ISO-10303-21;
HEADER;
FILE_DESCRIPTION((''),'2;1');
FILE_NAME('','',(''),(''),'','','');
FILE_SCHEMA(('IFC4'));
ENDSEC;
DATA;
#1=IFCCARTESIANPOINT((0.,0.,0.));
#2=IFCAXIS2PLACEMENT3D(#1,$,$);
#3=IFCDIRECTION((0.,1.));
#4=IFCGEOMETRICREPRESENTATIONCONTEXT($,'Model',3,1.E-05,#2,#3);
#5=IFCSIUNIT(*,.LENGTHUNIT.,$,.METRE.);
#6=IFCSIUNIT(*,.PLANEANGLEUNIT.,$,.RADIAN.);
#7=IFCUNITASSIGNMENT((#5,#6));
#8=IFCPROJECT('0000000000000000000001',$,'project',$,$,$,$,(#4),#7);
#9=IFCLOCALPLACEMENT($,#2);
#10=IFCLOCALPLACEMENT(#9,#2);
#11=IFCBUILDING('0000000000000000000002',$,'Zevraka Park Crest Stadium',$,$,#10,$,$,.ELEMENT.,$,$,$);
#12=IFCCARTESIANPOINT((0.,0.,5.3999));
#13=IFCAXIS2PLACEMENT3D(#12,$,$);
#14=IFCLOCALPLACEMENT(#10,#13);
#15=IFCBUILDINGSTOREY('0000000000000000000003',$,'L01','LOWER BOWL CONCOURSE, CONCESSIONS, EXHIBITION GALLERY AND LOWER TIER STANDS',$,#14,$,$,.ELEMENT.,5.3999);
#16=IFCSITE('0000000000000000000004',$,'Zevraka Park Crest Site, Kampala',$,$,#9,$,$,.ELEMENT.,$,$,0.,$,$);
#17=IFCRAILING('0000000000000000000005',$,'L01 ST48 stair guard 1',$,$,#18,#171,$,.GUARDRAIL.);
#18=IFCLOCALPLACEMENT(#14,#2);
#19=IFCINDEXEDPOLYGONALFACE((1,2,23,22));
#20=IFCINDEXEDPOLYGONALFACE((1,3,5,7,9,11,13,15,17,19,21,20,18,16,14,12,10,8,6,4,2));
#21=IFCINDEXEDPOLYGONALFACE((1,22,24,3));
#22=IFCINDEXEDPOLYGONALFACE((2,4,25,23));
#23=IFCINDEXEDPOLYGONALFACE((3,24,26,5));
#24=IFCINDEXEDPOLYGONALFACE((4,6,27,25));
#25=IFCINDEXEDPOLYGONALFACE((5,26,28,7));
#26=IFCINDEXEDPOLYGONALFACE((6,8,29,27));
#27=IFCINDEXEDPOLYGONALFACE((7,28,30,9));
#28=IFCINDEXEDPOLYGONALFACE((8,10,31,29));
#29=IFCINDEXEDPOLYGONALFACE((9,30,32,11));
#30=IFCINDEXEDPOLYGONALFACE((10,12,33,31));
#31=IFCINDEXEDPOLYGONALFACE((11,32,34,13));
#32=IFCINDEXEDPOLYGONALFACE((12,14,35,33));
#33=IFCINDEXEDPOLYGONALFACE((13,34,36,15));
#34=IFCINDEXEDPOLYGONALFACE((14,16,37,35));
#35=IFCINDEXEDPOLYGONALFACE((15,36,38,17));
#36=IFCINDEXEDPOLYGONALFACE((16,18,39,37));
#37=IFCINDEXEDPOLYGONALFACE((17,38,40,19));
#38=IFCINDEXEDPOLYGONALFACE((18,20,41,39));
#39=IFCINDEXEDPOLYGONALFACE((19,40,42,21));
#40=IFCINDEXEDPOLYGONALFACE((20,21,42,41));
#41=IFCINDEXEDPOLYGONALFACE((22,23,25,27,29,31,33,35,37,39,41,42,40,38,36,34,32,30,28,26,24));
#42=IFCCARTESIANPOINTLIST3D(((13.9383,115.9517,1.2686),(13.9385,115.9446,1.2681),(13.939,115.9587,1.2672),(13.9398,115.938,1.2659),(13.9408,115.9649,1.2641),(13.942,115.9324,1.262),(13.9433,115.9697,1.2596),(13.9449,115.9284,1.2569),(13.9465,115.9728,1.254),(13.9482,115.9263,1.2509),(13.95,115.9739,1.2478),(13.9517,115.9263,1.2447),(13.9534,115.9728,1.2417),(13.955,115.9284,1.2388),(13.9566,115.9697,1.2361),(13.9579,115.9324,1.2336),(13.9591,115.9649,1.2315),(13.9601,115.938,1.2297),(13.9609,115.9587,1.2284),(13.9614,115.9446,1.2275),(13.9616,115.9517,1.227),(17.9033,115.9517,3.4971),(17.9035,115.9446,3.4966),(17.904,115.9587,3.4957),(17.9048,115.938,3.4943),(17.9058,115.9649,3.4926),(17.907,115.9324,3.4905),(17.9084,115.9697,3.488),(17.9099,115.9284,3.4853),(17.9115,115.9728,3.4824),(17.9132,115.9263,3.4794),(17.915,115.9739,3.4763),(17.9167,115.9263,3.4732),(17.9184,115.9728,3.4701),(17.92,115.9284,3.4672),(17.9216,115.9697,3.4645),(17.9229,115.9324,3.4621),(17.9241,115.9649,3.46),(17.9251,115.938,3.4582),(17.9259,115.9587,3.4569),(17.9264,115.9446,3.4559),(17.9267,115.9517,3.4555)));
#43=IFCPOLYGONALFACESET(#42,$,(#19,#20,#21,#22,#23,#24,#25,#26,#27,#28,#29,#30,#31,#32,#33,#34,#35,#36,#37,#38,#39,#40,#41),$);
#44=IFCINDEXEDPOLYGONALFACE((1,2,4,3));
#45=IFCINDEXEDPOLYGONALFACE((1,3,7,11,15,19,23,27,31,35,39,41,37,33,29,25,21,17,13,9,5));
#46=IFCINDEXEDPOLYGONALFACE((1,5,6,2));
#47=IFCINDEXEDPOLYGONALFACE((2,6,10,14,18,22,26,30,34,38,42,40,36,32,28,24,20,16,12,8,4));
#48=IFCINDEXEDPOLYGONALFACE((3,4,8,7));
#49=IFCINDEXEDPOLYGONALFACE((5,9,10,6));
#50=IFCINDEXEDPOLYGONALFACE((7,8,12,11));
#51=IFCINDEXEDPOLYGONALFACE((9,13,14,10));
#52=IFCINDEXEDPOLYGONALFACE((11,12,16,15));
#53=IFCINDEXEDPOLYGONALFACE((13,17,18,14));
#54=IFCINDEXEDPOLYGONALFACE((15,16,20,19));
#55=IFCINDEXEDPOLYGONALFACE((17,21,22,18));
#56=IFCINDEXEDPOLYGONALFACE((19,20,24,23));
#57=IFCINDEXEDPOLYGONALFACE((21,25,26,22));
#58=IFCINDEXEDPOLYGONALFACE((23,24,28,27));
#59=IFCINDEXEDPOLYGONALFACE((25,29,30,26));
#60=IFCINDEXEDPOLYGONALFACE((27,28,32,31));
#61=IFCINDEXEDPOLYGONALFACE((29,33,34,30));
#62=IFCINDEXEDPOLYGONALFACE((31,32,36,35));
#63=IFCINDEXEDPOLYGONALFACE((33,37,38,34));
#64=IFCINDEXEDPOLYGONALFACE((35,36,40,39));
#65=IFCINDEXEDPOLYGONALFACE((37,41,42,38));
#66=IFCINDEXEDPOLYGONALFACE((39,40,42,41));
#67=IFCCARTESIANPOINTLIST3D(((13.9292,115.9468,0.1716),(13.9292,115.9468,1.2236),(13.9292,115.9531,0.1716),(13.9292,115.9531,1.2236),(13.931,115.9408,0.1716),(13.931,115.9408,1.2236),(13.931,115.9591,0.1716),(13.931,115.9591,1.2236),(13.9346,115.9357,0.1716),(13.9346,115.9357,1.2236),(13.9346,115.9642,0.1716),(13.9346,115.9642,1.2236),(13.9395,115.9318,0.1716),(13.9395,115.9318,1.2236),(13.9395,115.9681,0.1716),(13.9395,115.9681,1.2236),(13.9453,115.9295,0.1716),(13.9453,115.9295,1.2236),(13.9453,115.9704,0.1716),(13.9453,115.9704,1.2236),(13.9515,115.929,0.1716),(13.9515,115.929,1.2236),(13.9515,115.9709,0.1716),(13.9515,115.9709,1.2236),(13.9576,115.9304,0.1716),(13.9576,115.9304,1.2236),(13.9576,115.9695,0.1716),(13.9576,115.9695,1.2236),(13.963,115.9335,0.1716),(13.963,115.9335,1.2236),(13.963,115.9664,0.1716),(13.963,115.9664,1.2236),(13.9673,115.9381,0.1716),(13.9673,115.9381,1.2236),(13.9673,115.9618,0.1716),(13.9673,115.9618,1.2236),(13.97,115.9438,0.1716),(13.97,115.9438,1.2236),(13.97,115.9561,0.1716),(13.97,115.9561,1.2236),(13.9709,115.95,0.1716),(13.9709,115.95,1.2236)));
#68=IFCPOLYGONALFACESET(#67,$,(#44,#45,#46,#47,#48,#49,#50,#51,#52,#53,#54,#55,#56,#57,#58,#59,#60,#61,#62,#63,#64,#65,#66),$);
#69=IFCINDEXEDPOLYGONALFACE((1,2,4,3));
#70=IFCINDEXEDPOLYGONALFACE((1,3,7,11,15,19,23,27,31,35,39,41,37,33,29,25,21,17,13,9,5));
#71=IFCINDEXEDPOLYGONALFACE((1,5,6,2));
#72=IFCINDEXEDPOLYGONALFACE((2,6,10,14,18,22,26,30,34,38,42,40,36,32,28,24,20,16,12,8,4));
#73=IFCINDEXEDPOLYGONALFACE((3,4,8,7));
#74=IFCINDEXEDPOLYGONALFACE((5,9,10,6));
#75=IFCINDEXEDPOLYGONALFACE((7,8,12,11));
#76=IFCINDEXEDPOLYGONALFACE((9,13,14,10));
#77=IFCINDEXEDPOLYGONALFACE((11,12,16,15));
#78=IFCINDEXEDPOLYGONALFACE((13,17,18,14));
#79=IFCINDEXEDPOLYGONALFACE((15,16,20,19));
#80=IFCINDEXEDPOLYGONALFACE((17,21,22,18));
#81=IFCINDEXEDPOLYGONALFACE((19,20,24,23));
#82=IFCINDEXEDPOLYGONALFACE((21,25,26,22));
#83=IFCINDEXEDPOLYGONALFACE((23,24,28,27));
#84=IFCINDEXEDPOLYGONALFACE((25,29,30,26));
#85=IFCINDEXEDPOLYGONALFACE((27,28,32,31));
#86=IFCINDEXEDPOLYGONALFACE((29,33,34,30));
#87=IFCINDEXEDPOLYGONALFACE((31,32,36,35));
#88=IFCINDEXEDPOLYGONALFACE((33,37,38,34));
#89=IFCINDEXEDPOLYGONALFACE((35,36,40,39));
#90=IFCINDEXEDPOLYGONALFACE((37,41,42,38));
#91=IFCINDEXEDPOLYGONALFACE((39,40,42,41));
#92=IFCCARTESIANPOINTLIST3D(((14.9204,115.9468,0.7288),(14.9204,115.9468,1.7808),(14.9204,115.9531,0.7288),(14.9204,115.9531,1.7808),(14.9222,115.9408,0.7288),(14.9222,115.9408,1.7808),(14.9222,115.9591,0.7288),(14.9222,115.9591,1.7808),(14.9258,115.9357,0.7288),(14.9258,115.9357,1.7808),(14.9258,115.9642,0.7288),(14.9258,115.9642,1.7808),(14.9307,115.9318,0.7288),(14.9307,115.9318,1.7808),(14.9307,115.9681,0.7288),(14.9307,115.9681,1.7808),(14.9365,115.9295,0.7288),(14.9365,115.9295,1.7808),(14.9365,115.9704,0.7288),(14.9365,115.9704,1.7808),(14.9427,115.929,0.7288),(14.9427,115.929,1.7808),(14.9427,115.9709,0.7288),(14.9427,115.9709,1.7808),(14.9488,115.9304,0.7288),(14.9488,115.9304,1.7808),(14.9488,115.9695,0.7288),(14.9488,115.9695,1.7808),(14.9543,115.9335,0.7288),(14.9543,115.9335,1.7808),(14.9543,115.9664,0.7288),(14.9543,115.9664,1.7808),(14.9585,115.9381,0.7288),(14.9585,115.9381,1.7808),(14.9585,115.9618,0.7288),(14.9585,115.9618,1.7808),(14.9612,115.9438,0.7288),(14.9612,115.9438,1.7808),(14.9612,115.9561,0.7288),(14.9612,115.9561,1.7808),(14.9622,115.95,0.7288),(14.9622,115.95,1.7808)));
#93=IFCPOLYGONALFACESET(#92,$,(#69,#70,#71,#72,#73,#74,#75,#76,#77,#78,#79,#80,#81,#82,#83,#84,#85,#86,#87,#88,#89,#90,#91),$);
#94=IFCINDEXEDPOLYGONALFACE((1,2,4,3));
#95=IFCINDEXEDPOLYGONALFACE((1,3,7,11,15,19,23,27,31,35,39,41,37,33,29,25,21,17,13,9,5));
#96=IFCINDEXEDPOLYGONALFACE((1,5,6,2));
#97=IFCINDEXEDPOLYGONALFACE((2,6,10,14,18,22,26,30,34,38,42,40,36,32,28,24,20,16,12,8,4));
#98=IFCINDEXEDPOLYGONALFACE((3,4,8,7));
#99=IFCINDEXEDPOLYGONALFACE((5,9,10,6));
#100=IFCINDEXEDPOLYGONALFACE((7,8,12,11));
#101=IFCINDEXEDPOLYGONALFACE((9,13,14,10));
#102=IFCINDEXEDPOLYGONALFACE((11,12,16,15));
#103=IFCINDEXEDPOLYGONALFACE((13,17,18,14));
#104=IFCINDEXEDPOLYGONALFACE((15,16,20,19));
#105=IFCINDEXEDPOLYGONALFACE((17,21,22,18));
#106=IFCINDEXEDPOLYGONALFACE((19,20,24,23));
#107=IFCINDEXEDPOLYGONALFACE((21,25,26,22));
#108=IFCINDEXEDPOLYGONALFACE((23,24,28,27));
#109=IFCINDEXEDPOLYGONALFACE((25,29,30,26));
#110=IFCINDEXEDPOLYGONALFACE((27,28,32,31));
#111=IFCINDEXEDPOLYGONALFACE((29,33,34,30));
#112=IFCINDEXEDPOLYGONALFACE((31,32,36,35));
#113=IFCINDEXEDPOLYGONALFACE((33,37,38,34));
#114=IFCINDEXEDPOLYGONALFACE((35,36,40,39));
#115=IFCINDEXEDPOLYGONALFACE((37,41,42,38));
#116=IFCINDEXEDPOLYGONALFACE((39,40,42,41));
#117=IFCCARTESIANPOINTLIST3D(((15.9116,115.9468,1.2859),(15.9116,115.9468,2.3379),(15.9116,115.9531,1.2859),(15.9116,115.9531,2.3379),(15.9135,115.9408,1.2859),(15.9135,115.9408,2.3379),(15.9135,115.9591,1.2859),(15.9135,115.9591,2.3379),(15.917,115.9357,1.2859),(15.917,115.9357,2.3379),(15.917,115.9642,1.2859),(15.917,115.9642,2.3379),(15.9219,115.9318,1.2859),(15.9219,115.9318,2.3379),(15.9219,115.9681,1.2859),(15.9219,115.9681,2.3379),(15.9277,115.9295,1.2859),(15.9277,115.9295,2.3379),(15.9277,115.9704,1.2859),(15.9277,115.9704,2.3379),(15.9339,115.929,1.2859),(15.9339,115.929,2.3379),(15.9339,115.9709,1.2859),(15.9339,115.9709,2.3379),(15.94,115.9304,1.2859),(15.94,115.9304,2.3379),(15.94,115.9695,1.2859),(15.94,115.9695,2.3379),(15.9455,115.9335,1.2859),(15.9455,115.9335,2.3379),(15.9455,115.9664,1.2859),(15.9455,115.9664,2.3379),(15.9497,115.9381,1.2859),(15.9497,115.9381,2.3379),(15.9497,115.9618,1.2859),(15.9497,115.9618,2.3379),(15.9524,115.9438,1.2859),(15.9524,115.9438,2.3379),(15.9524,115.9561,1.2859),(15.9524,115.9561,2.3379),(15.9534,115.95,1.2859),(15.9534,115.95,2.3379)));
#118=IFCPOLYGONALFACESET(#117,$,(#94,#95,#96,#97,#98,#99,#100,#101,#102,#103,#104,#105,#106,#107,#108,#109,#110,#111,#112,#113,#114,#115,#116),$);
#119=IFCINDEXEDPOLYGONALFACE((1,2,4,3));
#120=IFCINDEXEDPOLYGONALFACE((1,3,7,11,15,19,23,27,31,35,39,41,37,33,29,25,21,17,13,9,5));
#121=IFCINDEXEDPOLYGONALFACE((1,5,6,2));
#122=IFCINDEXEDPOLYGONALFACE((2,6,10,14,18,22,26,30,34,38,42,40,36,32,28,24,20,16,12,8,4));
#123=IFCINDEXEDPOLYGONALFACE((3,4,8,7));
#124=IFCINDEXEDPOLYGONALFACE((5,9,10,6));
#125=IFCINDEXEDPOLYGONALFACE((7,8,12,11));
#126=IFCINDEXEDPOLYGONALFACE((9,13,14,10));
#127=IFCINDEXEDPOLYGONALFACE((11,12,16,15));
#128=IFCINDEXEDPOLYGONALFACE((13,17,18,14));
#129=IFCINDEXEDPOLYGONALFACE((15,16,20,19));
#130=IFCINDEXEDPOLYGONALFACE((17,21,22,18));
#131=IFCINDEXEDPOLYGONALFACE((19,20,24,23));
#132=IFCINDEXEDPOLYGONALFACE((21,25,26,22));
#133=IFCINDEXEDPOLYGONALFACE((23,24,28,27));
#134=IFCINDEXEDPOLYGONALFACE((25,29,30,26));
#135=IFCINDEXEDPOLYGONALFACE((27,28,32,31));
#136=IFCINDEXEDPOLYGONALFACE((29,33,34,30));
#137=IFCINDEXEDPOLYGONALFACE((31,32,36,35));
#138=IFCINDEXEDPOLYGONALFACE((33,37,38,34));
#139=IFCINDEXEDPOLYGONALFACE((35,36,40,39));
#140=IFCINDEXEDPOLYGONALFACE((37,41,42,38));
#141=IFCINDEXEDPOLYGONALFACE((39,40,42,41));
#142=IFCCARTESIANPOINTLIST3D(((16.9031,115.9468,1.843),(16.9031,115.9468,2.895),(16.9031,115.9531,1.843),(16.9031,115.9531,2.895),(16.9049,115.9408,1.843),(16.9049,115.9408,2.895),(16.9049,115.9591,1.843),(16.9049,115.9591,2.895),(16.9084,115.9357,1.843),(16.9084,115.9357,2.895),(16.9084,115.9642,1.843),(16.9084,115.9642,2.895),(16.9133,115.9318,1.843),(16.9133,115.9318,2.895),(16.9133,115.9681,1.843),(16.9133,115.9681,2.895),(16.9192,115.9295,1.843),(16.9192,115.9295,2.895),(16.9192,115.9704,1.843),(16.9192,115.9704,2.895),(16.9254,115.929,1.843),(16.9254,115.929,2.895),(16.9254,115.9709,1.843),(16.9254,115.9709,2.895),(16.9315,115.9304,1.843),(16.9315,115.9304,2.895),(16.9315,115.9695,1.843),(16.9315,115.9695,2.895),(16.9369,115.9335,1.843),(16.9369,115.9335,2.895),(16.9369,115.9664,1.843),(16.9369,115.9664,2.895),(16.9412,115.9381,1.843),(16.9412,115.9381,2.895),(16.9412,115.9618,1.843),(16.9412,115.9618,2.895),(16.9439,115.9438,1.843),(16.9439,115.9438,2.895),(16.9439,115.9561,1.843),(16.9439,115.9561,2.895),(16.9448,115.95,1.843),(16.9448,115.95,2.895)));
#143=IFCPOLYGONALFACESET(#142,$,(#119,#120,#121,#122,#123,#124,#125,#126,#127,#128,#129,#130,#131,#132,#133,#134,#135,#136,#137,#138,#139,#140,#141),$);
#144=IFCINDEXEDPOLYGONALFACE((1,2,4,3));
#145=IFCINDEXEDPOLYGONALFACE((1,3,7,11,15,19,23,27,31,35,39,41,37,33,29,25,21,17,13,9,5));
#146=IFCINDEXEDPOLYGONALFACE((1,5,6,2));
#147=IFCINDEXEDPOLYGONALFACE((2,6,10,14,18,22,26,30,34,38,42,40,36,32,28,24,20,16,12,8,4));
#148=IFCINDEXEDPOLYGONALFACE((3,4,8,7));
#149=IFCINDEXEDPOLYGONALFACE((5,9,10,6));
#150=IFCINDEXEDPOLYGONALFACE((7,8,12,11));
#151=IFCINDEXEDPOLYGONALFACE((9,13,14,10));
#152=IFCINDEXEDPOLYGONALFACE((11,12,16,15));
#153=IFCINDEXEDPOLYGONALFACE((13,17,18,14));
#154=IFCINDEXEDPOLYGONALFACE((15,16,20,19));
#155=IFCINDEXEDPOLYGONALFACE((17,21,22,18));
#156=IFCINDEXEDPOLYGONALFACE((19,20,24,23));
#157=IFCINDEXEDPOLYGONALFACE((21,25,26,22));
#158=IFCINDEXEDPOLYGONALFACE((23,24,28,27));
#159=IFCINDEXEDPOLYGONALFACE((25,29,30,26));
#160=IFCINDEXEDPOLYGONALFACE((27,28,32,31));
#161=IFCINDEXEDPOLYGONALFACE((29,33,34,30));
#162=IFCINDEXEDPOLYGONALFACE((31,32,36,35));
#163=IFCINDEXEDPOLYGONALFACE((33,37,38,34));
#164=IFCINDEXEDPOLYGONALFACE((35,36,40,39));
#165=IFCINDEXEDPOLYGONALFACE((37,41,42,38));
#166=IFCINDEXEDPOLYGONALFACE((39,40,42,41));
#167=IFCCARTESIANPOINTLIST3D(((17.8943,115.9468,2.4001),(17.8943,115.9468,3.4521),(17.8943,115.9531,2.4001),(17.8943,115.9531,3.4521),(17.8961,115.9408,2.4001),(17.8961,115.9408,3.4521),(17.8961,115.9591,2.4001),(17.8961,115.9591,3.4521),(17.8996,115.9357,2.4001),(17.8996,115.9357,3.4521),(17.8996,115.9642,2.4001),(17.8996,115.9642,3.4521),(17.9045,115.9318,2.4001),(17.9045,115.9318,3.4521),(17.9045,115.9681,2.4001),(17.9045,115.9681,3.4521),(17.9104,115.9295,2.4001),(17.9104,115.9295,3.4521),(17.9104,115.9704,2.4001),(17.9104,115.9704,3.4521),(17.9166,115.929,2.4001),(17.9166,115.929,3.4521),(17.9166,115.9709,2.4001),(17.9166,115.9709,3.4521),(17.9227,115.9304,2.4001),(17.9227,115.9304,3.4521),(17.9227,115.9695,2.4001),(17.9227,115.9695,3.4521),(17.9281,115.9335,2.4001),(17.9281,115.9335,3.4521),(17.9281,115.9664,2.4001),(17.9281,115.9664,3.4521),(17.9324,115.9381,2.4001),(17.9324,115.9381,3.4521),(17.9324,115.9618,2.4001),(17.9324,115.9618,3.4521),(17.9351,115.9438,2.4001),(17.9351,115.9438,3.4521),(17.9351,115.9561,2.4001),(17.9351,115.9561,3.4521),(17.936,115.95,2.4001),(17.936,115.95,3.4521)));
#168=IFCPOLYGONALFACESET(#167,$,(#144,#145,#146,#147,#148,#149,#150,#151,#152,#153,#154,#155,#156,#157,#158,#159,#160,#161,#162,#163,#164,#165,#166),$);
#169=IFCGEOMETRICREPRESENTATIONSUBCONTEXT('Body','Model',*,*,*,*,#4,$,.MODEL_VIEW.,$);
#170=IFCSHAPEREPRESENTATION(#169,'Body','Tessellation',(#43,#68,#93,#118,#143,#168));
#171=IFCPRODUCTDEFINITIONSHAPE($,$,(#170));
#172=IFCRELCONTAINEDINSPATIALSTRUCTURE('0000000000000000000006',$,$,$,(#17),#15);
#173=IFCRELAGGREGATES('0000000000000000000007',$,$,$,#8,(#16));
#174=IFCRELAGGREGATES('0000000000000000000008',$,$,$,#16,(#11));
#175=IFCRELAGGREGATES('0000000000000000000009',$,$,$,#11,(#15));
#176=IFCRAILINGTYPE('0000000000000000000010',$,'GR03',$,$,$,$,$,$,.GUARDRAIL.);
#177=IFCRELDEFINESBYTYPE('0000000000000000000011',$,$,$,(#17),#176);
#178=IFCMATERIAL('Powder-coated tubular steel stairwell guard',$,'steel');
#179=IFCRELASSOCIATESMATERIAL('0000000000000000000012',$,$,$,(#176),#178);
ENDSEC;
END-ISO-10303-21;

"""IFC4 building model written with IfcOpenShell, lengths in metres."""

from ifc_helpers import new_model, si_unit, direction, frame, origin, origin_2d, place, context, subcontext, project, spatial, circle, extrude, material, type_object, element, save


model = new_model("IFC4")

# Units and contexts
model_context = context("Model", 3, precision=1e-05, world=origin(), true_north=direction((0.0, 1.0)))
body_context = subcontext(model_context, "Body", "Model", "MODEL_VIEW")
ifc_project = project(units=[si_unit("LENGTHUNIT", "METRE"), si_unit("PLANEANGLEUNIT", "RADIAN")], contexts=[model_context])

# Site, building, storey
site_placement = place(None, origin())
site = spatial("IfcSite", under=ifc_project, at=site_placement, Name="Zevraka Park Crest Site, Kampala", CompositionType="ELEMENT", RefElevation=0.0)
building_placement = place(site_placement, origin())
building = spatial("IfcBuilding", under=site, at=building_placement, Name="Zevraka Park Crest Stadium", CompositionType="ELEMENT")
storey_placement = place(building_placement, frame((0.0, 0.0, 5.3999)))
storey = spatial("IfcBuildingStorey", under=building, at=storey_placement, Name="L01", Description="LOWER BOWL CONCOURSE, CONCESSIONS, EXHIBITION GALLERY AND LOWER TIER STANDS", CompositionType="ELEMENT", Elevation=5.3999)

# Railing
ifc_material_1 = material(Name="Powder-coated tubular steel stairwell guard", Category="steel")
railing_type_1 = type_object("IfcRailingType", Name="GR03", PredefinedType="GUARDRAIL", material=ifc_material_1)
railing_1_placement = place(storey_placement, frame((13.95, 115.95, 0.1716)))
element("IfcRailing", 1, at=railing_1_placement, inside=storey, type_object=railing_type_1, Name="L01 ST48 stair guard 1", PredefinedType="GUARDRAIL", context=body_context, shape_type="SweptSolid", body=[
    extrude(circle(Radius=0.0239, at=origin_2d()), frame((0.0, 0.0, 1.0762), z_axis=(0.871749, 0.0, 0.489953), x_axis=(0.0, 1.0, 0.0)), (0.0, 0.0, 1.0), 4.5483),
    extrude(circle(Radius=0.021, at=origin_2d()), origin(), (0.0, 0.0, 1.0), 1.052),
    extrude(circle(Radius=0.021, at=origin_2d()), frame((0.9912, 0.0, 0.5571)), (0.0, 0.0, 1.0), 1.052),
    extrude(circle(Radius=0.021, at=origin_2d()), frame((1.9824, 0.0, 1.1143)), (0.0, 0.0, 1.0), 1.052),
    extrude(circle(Radius=0.021, at=origin_2d()), frame((2.9739, 0.0, 1.6714)), (0.0, 0.0, 1.0), 1.052),
    extrude(circle(Radius=0.021, at=origin_2d()), frame((3.9651, 0.0, 2.2285)), (0.0, 0.0, 1.0), 1.052),
])

save(model, "model.ifc")
